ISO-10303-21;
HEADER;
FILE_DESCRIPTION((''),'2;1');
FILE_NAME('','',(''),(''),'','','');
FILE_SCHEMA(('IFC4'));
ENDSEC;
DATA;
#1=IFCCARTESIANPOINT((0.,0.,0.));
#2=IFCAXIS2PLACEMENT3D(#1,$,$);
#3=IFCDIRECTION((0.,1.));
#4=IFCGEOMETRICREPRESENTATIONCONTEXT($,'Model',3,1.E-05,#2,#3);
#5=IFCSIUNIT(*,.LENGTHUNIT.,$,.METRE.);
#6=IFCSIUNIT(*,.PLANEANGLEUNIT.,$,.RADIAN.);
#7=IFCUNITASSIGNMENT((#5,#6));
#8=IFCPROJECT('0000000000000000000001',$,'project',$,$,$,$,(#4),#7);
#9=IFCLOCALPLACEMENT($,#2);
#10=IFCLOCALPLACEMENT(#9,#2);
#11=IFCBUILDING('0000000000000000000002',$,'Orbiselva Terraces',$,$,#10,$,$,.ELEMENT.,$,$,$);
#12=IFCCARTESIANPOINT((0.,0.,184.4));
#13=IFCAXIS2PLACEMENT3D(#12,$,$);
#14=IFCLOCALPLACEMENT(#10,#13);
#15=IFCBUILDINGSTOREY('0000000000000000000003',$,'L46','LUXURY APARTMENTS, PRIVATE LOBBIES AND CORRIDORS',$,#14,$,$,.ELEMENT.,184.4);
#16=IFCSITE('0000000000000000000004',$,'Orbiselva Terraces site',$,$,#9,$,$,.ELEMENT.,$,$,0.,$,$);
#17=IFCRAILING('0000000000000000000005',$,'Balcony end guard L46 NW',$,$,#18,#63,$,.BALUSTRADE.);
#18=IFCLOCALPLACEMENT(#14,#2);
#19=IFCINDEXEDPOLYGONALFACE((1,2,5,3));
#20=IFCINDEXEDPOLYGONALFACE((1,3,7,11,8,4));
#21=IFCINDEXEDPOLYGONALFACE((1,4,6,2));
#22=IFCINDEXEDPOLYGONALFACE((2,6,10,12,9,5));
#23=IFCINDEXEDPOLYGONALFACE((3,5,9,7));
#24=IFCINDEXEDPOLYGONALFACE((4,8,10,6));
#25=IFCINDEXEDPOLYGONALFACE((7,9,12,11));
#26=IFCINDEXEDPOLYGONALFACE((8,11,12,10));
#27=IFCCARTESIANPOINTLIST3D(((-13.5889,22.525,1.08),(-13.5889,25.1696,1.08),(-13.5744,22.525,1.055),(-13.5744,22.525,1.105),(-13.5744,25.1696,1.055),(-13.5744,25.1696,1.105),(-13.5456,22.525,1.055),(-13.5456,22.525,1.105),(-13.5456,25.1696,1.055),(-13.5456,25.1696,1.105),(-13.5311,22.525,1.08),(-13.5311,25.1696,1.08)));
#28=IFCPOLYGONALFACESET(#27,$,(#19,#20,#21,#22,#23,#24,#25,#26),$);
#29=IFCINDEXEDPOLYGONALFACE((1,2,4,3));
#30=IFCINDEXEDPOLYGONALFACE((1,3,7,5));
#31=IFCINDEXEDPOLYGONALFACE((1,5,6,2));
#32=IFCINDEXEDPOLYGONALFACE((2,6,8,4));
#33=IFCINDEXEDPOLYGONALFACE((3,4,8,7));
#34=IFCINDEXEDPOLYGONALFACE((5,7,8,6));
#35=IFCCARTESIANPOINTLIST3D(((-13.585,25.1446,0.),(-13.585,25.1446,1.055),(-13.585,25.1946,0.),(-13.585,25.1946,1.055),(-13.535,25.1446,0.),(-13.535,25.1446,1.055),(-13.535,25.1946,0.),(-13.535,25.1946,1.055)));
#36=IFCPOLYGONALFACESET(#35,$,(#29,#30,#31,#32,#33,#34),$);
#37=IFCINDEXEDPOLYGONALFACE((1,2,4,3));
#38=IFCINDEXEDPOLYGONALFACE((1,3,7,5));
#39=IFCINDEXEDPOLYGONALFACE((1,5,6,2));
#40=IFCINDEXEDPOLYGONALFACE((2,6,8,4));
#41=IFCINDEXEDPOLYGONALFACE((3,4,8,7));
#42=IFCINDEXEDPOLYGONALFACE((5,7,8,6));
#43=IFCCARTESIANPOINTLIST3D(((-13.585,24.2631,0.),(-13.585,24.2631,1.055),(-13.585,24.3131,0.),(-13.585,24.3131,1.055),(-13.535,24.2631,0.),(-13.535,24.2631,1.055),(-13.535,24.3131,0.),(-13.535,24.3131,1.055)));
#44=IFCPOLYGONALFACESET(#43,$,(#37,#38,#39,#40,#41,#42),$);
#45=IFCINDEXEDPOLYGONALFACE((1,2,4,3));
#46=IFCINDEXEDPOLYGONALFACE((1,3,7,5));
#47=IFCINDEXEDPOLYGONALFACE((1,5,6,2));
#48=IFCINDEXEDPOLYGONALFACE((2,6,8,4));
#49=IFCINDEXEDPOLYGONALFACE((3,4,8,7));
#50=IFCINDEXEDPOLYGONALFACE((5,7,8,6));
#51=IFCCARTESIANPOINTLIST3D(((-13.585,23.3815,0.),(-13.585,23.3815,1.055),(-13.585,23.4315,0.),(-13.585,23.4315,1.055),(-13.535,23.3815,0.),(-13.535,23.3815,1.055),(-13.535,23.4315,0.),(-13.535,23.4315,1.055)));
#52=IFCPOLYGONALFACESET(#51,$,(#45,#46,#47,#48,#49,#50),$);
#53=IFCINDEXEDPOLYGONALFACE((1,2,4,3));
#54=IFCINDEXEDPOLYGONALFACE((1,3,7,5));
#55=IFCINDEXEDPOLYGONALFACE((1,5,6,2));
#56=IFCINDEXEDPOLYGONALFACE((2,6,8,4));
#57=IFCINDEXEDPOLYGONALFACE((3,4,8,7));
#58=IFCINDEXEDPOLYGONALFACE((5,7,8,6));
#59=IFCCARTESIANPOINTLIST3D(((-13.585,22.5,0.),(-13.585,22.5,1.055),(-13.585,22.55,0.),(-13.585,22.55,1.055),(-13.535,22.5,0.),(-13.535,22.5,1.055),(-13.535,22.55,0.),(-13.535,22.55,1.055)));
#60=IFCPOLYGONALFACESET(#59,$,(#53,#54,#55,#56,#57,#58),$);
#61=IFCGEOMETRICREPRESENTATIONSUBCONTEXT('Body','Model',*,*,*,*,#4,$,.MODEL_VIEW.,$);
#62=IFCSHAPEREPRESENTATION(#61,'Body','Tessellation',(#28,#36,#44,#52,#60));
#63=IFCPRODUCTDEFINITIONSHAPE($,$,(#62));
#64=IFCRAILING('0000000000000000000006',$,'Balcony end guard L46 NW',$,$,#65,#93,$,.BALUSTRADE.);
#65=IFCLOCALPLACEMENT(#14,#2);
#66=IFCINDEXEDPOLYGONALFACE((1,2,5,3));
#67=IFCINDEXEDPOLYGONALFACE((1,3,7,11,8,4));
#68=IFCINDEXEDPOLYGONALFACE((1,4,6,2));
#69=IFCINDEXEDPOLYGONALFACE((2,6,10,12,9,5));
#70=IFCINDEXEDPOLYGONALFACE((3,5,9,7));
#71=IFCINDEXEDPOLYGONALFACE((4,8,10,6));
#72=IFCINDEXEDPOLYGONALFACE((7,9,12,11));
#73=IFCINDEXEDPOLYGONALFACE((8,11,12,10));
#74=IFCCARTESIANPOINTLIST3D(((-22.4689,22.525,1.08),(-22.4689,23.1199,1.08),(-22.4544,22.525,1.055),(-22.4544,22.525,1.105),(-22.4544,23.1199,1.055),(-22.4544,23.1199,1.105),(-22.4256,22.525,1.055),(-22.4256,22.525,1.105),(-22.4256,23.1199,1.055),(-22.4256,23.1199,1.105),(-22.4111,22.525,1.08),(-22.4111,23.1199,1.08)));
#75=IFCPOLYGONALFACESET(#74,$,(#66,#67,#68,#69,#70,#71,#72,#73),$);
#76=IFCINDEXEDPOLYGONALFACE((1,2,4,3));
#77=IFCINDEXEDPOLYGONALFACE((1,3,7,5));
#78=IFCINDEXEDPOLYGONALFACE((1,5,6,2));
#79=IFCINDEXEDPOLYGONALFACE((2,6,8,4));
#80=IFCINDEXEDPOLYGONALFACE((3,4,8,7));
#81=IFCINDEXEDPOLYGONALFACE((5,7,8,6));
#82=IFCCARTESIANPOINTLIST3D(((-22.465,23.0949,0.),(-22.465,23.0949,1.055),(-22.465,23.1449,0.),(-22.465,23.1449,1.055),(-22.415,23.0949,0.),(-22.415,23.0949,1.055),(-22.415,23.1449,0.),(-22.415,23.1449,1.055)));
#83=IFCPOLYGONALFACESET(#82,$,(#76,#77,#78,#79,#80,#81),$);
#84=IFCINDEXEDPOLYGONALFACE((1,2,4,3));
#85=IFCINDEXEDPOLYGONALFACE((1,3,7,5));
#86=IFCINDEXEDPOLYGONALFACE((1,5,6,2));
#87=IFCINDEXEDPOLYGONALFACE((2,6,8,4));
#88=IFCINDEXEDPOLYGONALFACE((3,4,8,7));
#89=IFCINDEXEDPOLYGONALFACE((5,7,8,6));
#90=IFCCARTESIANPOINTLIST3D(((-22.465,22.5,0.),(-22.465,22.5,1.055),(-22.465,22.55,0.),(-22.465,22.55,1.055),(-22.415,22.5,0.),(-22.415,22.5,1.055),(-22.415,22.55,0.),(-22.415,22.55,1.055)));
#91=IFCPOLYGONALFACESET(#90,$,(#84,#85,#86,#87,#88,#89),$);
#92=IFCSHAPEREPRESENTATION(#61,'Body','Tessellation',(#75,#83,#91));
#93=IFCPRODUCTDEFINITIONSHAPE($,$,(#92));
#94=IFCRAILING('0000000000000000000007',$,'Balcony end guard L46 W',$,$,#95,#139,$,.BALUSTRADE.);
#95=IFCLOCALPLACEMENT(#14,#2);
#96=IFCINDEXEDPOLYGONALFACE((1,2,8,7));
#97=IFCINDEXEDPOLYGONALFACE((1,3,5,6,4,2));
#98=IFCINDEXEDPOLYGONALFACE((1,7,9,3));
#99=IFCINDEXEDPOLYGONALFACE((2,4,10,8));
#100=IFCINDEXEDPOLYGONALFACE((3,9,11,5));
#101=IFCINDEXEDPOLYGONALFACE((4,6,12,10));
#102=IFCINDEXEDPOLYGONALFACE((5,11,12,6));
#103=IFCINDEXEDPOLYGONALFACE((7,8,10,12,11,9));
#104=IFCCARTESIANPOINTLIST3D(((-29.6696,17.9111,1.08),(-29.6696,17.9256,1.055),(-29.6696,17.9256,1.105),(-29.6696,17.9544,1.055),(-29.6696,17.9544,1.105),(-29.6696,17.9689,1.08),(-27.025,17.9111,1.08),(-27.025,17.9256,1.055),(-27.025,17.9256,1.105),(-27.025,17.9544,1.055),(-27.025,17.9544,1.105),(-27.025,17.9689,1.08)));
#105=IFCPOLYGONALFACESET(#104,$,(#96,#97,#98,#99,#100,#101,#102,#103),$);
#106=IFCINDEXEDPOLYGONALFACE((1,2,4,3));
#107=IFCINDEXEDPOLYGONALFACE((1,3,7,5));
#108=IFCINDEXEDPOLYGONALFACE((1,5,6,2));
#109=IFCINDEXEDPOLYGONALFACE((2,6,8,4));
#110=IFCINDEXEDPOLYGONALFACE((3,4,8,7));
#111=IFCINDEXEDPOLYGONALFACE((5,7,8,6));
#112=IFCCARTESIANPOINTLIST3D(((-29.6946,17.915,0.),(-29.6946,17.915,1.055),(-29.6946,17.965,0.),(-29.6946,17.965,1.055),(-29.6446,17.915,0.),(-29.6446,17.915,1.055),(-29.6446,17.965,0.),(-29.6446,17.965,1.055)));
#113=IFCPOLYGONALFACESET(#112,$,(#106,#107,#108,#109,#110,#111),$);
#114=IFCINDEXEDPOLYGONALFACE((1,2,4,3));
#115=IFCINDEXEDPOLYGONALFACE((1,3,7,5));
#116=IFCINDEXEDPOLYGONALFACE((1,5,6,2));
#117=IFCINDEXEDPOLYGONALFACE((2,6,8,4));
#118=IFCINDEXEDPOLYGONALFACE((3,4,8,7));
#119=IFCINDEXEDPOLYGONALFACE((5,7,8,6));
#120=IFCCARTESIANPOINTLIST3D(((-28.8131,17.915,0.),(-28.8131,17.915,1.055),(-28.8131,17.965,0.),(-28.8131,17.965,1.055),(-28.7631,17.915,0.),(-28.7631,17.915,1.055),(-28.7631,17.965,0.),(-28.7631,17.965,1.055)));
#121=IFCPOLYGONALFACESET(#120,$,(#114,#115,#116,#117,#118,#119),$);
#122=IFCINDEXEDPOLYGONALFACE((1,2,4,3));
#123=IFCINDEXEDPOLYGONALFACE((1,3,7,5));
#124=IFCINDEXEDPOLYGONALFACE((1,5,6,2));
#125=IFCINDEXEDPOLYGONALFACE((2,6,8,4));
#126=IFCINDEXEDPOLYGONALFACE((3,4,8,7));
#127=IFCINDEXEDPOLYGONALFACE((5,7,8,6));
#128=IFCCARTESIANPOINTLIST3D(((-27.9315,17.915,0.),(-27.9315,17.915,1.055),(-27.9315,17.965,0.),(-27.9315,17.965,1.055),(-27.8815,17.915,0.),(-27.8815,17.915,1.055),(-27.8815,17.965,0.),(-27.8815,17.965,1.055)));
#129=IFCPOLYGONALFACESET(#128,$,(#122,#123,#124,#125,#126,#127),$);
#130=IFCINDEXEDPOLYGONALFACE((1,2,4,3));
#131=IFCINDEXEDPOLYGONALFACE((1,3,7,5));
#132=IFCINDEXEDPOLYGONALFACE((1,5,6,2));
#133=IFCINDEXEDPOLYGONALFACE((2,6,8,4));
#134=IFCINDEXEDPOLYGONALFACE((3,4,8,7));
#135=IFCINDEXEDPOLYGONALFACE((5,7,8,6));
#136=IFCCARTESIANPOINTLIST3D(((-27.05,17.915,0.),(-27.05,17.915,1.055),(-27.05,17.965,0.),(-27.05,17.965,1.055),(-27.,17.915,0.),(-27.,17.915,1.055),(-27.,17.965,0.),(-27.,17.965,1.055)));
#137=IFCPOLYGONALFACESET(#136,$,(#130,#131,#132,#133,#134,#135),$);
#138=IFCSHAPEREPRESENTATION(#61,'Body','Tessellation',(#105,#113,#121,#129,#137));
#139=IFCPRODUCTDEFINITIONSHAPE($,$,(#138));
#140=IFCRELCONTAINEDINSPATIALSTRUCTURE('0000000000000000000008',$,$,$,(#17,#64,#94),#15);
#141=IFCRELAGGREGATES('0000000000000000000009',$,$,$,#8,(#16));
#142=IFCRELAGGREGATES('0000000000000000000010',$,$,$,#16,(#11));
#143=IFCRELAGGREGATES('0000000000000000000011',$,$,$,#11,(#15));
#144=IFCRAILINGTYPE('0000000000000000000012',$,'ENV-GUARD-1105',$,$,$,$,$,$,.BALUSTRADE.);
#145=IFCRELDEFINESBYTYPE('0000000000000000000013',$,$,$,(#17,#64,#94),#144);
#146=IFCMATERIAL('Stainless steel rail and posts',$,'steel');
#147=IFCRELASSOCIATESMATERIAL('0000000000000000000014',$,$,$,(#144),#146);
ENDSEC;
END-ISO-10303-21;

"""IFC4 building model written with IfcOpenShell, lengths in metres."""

from ifc_helpers import new_model, si_unit, direction, frame, origin, origin_2d, place, context, subcontext, project, spatial, polyline, rectangle, outline, extrude, material, type_object, element, save


model = new_model("IFC4")

# Units and contexts
model_context = context("Model", 3, precision=1e-05, world=origin(), true_north=direction((0.0, 1.0)))
body_context = subcontext(model_context, "Body", "Model", "MODEL_VIEW")
ifc_project = project(units=[si_unit("LENGTHUNIT", "METRE"), si_unit("PLANEANGLEUNIT", "RADIAN")], contexts=[model_context])

# Site, building, storey
site_placement = place(None, origin())
site = spatial("IfcSite", under=ifc_project, at=site_placement, Name="Orbiselva Terraces site", CompositionType="ELEMENT", RefElevation=0.0)
building_placement = place(site_placement, origin())
building = spatial("IfcBuilding", under=site, at=building_placement, Name="Orbiselva Terraces", CompositionType="ELEMENT")
storey_placement = place(building_placement, frame((0.0, 0.0, 184.4)))
storey = spatial("IfcBuildingStorey", under=building, at=storey_placement, Name="L46", Description="LUXURY APARTMENTS, PRIVATE LOBBIES AND CORRIDORS", CompositionType="ELEMENT", Elevation=184.4)

# Railings
ifc_material_1 = material(Name="Stainless steel rail and posts", Category="steel")
railing_type_1 = type_object("IfcRailingType", Name="ENV-GUARD-1105", PredefinedType="BALUSTRADE", material=ifc_material_1)
railing_1_placement = place(storey_placement, frame((-13.56, 25.1696, 0.0)))
element("IfcRailing", 1, at=railing_1_placement, inside=storey, type_object=railing_type_1, Name="Balcony end guard L46 NW", PredefinedType="BALUSTRADE", context=body_context, shape_type="SweptSolid", body=[
    extrude(outline(polyline([(0.0289, 0.0), (0.0144, 0.025), (-0.0144, 0.025), (-0.0289, 0.0), (-0.0144, -0.025), (0.0144, -0.025), (0.0289, 0.0)])), frame((0.0, 0.0, 1.08), z_axis=(0.0, -1.0, 0.0), x_axis=(1.0, 0.0, 0.0)), (0.0, 0.0, 1.0), 2.6446),
    extrude(rectangle(XDim=0.05, YDim=0.05, at=origin_2d()), origin(), (0.0, 0.0, 1.0), 1.055),
    extrude(rectangle(XDim=0.05, YDim=0.05, at=origin_2d()), frame((0.0, -0.8815, 0.0)), (0.0, 0.0, 1.0), 1.055),
    extrude(rectangle(XDim=0.05, YDim=0.05, at=origin_2d()), frame((0.0, -1.7631, 0.0)), (0.0, 0.0, 1.0), 1.055),
    extrude(rectangle(XDim=0.05, YDim=0.05, at=origin_2d()), frame((0.0, -2.6446, 0.0)), (0.0, 0.0, 1.0), 1.055),
])
railing_2_placement = place(storey_placement, frame((-22.44, 23.1199, 0.0)))
element("IfcRailing", 2, at=railing_2_placement, inside=storey, type_object=railing_type_1, Name="Balcony end guard L46 NW", PredefinedType="BALUSTRADE", context=body_context, shape_type="SweptSolid", body=[
    extrude(outline(polyline([(0.0289, 0.0), (0.0144, 0.025), (-0.0144, 0.025), (-0.0289, 0.0), (-0.0144, -0.025), (0.0144, -0.025), (0.0289, 0.0)])), frame((0.0, 0.0, 1.08), z_axis=(0.0, -1.0, 0.0), x_axis=(1.0, 0.0, 0.0)), (0.0, 0.0, 1.0), 0.5949),
    extrude(rectangle(XDim=0.05, YDim=0.05, at=origin_2d()), origin(), (0.0, 0.0, 1.0), 1.055),
    extrude(rectangle(XDim=0.05, YDim=0.05, at=origin_2d()), frame((0.0, -0.5949, 0.0)), (0.0, 0.0, 1.0), 1.055),
])
railing_3_placement = place(storey_placement, frame((-29.6696, 17.94, 0.0)))
element("IfcRailing", 3, at=railing_3_placement, inside=storey, type_object=railing_type_1, Name="Balcony end guard L46 W", PredefinedType="BALUSTRADE", context=body_context, shape_type="SweptSolid", body=[
    extrude(outline(polyline([(0.0289, 0.0), (0.0144, 0.025), (-0.0144, 0.025), (-0.0289, 0.0), (-0.0144, -0.025), (0.0144, -0.025), (0.0289, 0.0)])), frame((0.0, 0.0, 1.08), z_axis=(1.0, 0.0, 0.0), x_axis=(0.0, 1.0, 0.0)), (0.0, 0.0, 1.0), 2.6446),
    extrude(rectangle(XDim=0.05, YDim=0.05, at=origin_2d()), origin(), (0.0, 0.0, 1.0), 1.055),
    extrude(rectangle(XDim=0.05, YDim=0.05, at=origin_2d()), frame((0.8815, 0.0, 0.0)), (0.0, 0.0, 1.0), 1.055),
    extrude(rectangle(XDim=0.05, YDim=0.05, at=origin_2d()), frame((1.7631, 0.0, 0.0)), (0.0, 0.0, 1.0), 1.055),
    extrude(rectangle(XDim=0.05, YDim=0.05, at=origin_2d()), frame((2.6446, 0.0, 0.0)), (0.0, 0.0, 1.0), 1.055),
])

save(model, "model.ifc")
